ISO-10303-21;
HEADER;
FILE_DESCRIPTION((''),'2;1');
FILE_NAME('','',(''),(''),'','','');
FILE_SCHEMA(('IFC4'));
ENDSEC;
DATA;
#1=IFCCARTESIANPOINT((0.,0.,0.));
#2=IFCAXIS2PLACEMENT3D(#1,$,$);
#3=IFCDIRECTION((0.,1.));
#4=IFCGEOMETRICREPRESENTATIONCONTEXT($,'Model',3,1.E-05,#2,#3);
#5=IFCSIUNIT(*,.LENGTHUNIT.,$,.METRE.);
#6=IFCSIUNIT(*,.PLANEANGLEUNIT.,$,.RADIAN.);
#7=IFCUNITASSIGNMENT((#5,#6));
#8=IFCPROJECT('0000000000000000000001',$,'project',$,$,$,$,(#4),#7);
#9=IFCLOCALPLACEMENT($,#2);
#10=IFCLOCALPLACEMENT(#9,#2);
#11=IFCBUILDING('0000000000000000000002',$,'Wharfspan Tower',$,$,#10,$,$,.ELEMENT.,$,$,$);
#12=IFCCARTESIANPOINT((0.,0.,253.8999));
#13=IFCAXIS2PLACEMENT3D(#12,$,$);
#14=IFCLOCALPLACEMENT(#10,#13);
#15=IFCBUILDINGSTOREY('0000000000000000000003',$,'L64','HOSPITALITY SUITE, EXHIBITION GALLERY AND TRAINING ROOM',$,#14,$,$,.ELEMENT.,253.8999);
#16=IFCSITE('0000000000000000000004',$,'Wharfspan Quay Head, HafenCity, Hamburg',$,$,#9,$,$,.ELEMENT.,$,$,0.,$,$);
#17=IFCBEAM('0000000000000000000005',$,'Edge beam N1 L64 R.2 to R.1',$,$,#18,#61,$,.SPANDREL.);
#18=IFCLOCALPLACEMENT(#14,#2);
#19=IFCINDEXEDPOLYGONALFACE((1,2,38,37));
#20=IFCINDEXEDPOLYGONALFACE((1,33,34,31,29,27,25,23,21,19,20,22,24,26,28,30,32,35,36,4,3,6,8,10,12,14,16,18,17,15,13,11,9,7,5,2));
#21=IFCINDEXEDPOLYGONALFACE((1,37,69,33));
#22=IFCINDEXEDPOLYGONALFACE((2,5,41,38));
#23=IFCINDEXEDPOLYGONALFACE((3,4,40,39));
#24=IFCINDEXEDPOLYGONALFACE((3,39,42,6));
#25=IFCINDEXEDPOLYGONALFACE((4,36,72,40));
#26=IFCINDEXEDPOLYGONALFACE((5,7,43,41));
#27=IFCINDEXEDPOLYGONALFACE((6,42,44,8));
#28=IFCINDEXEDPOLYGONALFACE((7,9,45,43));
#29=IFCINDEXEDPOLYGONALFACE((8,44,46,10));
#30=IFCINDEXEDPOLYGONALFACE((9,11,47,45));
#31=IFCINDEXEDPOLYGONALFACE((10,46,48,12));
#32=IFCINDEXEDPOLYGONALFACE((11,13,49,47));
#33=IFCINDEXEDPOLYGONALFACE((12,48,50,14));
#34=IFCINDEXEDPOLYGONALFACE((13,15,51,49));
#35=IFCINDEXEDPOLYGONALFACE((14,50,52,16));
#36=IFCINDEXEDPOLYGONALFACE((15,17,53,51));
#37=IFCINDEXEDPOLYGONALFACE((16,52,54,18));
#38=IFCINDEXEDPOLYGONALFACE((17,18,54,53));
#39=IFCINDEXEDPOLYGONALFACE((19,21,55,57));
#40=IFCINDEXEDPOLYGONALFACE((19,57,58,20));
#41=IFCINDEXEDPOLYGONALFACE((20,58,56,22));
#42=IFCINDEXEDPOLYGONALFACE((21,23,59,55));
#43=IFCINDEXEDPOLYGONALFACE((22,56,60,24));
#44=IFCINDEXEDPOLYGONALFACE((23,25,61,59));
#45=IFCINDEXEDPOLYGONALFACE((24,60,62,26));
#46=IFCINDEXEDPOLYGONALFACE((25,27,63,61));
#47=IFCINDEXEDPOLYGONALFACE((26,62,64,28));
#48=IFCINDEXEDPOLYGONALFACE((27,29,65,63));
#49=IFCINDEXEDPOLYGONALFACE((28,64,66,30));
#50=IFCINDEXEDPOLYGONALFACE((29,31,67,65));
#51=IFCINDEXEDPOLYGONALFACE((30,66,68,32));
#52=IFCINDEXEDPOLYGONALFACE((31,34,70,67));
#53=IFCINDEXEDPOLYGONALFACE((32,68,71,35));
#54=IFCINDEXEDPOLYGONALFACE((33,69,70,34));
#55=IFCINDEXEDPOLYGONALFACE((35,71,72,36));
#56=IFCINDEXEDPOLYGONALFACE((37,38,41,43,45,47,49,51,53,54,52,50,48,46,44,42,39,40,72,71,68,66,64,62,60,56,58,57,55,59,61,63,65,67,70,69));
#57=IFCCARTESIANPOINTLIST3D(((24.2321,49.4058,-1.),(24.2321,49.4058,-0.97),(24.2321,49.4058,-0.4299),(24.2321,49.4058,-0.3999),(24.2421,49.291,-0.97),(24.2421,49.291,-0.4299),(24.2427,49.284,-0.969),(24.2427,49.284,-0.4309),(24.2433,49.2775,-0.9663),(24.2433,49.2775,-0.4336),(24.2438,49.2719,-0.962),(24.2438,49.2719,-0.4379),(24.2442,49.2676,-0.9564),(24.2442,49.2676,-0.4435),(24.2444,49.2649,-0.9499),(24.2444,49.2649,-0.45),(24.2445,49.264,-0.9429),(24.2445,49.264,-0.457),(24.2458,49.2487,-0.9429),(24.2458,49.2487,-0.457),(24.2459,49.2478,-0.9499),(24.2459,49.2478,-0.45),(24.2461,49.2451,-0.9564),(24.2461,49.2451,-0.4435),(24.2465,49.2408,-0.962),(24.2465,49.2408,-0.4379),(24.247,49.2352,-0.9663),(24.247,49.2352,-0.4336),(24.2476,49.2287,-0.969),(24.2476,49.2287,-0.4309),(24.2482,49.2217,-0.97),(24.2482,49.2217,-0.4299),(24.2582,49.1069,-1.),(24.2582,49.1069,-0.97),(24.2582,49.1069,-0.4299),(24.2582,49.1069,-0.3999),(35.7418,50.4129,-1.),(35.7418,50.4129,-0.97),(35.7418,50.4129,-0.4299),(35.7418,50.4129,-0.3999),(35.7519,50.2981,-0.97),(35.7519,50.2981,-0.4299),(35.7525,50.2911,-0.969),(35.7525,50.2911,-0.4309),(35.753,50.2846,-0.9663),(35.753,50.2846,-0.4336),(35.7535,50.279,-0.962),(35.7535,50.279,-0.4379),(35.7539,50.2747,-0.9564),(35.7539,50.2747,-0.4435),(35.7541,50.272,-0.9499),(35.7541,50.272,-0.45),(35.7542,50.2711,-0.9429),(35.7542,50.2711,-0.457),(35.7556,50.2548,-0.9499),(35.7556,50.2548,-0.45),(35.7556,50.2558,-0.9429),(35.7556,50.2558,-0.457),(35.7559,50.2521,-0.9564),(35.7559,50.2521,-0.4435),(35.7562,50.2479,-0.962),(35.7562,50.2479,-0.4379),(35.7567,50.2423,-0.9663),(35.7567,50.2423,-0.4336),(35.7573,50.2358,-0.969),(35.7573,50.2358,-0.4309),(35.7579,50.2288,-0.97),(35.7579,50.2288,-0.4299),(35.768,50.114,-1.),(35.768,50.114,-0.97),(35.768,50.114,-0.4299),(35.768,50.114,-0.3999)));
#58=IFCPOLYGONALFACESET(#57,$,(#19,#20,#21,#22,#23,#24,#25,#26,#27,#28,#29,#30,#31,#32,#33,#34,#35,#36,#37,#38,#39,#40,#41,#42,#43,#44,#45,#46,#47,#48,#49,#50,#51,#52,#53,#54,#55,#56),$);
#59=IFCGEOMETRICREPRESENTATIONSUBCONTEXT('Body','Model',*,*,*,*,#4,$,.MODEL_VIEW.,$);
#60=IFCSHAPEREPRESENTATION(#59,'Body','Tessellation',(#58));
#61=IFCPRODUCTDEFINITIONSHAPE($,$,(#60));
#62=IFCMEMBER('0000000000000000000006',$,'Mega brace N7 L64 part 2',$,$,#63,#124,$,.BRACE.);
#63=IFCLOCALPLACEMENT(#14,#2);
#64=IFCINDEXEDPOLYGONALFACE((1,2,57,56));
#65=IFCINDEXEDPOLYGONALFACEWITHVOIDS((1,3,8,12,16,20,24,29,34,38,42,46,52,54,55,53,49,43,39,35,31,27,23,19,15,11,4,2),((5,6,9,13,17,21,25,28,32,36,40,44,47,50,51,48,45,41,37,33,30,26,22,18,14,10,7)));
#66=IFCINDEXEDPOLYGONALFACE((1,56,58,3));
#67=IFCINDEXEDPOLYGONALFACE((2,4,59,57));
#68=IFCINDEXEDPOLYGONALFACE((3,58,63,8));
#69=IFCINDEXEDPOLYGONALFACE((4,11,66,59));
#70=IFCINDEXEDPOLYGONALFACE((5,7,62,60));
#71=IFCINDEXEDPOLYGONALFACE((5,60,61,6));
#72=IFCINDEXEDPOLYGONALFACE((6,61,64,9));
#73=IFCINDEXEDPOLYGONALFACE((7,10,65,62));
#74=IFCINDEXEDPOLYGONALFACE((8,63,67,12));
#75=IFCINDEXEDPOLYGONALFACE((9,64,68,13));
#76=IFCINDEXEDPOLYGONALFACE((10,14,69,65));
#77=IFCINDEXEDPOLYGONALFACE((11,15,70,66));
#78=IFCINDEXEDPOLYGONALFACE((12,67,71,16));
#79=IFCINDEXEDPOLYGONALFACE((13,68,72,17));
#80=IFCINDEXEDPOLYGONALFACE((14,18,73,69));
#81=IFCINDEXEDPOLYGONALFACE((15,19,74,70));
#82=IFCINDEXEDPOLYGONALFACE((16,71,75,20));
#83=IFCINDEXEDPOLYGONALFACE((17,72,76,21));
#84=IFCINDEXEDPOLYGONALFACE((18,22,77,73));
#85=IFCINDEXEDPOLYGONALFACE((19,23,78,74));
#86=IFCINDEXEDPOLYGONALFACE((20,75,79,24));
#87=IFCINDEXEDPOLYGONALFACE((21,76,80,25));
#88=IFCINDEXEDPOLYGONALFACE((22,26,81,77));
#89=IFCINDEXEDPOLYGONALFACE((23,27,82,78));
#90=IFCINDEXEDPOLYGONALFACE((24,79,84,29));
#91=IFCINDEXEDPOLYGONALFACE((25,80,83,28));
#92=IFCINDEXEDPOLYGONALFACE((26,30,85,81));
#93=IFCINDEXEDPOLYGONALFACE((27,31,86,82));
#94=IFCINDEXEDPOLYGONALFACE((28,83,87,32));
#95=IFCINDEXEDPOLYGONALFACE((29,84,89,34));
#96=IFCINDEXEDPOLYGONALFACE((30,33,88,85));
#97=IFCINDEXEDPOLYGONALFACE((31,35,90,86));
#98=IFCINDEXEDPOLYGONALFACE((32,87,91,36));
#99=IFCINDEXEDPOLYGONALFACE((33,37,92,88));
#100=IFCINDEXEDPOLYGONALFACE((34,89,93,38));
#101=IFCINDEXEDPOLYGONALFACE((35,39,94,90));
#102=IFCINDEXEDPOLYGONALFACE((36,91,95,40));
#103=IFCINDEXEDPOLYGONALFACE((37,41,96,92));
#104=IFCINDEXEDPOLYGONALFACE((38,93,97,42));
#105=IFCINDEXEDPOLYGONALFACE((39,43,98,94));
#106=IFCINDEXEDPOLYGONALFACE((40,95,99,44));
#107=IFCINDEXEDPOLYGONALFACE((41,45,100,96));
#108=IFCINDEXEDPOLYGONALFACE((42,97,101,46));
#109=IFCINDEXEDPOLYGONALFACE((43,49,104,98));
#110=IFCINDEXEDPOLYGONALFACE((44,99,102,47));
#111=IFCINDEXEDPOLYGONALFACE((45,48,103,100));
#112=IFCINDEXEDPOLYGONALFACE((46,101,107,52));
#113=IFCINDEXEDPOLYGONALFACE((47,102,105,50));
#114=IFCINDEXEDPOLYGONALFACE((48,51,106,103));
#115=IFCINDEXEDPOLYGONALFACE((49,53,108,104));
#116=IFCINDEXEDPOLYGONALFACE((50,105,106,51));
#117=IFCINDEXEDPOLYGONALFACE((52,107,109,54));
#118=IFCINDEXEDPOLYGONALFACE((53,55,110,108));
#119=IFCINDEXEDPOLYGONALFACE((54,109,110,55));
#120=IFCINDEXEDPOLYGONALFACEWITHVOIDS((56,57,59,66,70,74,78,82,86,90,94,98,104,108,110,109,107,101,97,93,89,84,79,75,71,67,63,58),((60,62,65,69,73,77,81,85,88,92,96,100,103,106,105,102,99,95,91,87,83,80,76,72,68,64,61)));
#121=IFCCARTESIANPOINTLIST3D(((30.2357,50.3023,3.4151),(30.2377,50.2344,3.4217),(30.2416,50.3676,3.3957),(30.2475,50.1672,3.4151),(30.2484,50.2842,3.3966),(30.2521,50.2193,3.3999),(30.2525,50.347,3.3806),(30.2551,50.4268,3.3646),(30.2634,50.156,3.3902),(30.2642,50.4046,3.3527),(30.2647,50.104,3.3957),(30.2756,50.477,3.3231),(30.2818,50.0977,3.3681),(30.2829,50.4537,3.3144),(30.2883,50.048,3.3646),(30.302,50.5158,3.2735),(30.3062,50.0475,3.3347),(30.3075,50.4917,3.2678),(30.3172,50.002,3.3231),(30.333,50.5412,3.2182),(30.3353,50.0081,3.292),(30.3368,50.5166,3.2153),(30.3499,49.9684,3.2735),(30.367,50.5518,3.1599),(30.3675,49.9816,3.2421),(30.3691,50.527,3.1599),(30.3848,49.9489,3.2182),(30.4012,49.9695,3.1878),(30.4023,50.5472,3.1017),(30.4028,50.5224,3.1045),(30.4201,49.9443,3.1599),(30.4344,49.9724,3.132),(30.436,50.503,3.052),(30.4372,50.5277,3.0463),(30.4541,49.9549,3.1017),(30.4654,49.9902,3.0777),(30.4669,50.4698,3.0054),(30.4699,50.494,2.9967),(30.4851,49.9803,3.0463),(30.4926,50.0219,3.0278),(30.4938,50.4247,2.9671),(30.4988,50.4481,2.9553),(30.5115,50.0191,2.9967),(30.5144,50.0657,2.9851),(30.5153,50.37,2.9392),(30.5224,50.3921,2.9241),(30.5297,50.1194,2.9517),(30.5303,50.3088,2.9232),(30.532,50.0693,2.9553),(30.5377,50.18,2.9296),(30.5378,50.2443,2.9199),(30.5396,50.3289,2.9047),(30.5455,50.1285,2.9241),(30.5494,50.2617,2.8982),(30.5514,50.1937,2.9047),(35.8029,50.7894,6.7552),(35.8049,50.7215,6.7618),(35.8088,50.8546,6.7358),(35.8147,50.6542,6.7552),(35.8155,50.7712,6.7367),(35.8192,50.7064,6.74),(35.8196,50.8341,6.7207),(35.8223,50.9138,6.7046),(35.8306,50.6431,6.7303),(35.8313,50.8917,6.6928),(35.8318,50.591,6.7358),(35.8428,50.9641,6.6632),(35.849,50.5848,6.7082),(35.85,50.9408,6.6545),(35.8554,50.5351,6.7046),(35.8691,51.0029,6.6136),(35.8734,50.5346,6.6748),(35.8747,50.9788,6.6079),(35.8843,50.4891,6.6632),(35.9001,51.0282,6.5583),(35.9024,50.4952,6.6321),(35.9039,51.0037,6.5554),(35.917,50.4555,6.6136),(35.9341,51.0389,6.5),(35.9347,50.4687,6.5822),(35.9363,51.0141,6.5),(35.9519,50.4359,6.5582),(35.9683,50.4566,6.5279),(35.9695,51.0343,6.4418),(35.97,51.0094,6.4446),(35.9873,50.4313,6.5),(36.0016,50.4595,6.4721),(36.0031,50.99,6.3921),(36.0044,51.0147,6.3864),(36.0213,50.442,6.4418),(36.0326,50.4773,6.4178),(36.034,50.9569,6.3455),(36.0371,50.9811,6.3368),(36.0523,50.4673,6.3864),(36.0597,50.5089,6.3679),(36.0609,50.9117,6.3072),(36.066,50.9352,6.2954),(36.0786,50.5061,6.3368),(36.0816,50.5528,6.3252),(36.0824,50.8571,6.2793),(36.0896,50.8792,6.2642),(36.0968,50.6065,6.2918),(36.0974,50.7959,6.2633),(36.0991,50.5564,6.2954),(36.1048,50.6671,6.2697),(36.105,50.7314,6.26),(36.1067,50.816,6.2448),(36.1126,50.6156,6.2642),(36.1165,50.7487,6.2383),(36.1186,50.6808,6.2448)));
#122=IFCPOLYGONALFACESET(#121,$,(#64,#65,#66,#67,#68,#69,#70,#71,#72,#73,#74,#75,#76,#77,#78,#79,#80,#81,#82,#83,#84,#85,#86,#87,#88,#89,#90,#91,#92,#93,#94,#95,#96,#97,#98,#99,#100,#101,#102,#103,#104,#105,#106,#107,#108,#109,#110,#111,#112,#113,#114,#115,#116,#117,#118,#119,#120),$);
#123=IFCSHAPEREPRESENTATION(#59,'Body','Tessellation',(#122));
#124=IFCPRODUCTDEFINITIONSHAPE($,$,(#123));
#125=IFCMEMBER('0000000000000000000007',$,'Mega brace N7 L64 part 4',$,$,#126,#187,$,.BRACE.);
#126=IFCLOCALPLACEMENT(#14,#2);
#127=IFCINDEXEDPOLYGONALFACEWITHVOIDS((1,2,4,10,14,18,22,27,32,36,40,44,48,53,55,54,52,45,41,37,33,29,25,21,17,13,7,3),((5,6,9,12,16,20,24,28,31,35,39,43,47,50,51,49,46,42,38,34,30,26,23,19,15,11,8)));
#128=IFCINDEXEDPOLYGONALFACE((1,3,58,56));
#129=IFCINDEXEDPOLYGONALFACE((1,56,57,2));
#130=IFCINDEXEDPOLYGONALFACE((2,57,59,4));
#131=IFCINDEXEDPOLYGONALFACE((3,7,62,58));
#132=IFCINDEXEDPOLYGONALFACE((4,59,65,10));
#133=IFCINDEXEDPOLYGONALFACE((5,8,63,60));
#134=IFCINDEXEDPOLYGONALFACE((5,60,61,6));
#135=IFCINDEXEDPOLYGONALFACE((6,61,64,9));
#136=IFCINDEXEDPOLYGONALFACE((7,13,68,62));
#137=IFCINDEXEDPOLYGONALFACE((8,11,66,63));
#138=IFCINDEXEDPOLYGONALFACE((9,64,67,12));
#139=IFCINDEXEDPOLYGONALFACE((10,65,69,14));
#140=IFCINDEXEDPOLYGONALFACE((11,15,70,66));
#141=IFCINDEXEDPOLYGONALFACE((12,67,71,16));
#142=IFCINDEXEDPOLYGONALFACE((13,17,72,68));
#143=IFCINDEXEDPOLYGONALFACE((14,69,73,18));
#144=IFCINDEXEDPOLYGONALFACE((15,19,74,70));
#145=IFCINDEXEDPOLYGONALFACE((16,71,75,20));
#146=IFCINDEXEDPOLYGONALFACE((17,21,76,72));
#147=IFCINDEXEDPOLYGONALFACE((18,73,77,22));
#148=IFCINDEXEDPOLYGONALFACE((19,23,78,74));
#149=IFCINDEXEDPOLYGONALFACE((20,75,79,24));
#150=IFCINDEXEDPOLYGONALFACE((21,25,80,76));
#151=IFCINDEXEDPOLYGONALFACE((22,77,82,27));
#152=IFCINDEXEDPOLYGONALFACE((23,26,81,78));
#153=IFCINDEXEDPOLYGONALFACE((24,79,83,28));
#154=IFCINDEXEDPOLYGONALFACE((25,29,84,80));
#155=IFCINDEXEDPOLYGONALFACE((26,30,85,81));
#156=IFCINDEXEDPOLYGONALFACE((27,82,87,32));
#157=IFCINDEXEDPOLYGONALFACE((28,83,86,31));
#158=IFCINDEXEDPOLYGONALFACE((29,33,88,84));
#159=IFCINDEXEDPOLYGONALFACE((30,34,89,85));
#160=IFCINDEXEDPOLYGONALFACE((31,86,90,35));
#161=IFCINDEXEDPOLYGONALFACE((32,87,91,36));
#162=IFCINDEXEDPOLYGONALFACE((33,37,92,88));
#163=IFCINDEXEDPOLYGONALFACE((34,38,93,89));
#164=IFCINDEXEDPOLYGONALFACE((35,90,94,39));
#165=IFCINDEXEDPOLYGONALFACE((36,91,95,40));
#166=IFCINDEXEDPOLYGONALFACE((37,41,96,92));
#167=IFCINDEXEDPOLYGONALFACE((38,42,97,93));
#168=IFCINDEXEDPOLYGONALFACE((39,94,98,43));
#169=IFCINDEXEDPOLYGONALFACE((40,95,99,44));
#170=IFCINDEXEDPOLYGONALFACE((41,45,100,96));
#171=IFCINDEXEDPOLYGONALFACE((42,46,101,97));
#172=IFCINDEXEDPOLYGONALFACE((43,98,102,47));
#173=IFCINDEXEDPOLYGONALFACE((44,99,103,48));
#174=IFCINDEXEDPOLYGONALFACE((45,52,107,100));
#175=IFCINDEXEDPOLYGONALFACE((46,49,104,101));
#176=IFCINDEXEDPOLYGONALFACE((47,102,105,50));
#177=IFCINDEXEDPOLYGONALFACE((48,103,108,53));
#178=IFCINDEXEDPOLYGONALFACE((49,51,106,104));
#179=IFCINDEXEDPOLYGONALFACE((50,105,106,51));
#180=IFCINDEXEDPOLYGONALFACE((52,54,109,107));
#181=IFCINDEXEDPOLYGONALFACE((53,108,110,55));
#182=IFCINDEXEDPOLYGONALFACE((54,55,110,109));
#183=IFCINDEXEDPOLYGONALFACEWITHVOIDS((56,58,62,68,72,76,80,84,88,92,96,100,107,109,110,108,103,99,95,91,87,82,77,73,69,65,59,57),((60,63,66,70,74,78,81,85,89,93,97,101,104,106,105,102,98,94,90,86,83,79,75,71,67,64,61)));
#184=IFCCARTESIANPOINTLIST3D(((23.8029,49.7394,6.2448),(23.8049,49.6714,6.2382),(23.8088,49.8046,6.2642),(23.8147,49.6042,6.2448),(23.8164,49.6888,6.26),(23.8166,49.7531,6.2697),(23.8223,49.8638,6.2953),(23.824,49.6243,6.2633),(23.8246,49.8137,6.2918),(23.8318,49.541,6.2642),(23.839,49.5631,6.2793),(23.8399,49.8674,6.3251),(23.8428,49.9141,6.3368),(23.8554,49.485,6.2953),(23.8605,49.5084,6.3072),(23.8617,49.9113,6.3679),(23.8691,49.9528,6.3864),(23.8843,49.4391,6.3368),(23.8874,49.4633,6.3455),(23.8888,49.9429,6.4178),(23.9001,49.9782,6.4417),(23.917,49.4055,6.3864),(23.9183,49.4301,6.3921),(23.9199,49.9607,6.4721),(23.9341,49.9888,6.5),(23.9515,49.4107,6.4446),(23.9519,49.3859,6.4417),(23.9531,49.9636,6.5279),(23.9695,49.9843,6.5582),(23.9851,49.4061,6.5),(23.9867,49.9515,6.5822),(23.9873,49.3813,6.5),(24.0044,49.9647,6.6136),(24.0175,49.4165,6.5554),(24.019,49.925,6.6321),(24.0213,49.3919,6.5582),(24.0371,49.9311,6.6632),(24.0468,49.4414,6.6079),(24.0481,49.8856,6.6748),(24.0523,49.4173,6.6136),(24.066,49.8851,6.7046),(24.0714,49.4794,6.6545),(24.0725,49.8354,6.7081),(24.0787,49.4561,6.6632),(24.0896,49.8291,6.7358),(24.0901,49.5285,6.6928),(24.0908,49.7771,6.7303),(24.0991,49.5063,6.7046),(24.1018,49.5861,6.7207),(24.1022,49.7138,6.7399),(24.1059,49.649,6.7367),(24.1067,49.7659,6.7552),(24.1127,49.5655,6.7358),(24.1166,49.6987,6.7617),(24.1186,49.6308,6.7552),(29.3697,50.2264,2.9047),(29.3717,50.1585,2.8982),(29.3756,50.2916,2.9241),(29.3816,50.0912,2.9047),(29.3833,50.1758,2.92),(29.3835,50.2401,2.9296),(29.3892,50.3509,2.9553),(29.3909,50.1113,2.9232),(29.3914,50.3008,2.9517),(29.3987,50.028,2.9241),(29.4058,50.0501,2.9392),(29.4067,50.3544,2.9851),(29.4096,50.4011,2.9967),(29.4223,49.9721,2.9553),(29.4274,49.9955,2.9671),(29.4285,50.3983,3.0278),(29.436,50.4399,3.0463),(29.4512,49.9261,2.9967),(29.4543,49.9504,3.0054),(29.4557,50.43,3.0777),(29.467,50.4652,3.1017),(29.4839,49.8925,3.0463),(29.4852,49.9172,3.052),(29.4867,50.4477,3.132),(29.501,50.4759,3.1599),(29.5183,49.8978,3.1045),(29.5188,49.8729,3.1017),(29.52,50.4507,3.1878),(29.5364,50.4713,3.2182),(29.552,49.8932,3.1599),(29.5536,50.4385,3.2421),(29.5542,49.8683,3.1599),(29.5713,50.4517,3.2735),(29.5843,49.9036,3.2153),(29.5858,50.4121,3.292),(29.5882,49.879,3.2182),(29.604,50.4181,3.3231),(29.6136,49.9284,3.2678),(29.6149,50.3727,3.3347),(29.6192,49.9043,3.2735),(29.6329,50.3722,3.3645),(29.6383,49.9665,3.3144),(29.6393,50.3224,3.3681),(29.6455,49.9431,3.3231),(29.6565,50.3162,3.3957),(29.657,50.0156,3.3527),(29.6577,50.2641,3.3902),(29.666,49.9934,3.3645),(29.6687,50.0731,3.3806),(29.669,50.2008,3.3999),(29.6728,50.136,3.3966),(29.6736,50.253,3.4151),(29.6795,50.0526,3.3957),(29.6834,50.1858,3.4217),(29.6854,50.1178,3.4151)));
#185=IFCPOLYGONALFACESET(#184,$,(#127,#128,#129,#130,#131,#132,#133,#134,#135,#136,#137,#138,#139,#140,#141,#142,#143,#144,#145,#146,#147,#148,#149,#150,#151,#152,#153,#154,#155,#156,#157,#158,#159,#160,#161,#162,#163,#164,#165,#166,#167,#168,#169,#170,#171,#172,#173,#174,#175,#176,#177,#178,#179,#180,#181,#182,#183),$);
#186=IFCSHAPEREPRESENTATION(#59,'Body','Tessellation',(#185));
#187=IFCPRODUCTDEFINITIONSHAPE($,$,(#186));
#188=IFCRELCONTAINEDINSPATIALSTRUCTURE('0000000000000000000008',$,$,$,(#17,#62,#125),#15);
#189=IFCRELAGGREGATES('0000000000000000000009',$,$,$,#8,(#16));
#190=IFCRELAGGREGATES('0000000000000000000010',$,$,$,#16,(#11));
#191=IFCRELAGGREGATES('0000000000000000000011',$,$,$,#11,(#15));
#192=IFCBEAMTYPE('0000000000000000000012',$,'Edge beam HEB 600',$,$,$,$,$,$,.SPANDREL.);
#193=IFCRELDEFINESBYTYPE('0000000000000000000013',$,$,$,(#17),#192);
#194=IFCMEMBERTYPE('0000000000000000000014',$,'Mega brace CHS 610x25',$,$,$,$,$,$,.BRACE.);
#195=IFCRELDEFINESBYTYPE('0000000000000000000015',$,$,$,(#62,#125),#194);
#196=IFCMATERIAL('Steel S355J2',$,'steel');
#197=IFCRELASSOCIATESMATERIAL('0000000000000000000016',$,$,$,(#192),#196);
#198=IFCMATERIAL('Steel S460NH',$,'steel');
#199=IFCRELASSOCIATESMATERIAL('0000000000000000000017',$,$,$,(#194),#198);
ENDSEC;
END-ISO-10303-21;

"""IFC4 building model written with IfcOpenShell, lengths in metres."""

from ifc_helpers import new_model, si_unit, direction, frame, origin, origin_2d, place, context, subcontext, project, spatial, hollow_circle, i_section, extrude, material, material_profile, profile_set, type_object, element, save


model = new_model("IFC4")

# Units and contexts
model_context = context("Model", 3, precision=1e-05, world=origin(), true_north=direction((0.0, 1.0)))
body_context = subcontext(model_context, "Body", "Model", "MODEL_VIEW")
ifc_project = project(units=[si_unit("LENGTHUNIT", "METRE"), si_unit("PLANEANGLEUNIT", "RADIAN")], contexts=[model_context])

# Site, building, storey
site_placement = place(None, origin())
site = spatial("IfcSite", under=ifc_project, at=site_placement, Name="Wharfspan Quay Head, HafenCity, Hamburg", CompositionType="ELEMENT", RefElevation=0.0)
building_placement = place(site_placement, origin())
building = spatial("IfcBuilding", under=site, at=building_placement, Name="Wharfspan Tower", CompositionType="ELEMENT")
storey_placement = place(building_placement, frame((0.0, 0.0, 253.8999)))
storey = spatial("IfcBuildingStorey", under=building, at=storey_placement, Name="L64", Description="HOSPITALITY SUITE, EXHIBITION GALLERY AND TRAINING ROOM", CompositionType="ELEMENT", Elevation=253.8999)

# Shared definitions
ifc_material_1 = material(Name="Steel S355J2", Category="steel")

# Shared definitions
ifc_material_2 = material(Name="Steel S460NH", Category="steel")

# Beam
ifc_material_profile_1 = material_profile(ifc_material_1, i_section(OverallWidth=0.3, OverallDepth=0.6001, WebThickness=0.0154, FlangeThickness=0.03, FilletRadius=0.0271, at=origin_2d()))
ifc_profile_set_1 = profile_set([ifc_material_profile_1], Name="Steel S355J2")
beam_type = type_object("IfcBeamType", Name="Edge beam HEB 600", PredefinedType="SPANDREL", material=ifc_profile_set_1)
beam_placement = place(storey_placement, frame((35.7549, 50.2634, -0.7), z_axis=(-0.996194, -0.087165, 0.0), x_axis=(0.087165, -0.996194, 0.0)))
element("IfcBeam", 1, at=beam_placement, inside=storey, type_object=beam_type, Name="Edge beam N1 L64 R.2 to R.1", PredefinedType="SPANDREL", context=body_context, shape_type="SweptSolid", body=[
    extrude(i_section(OverallWidth=0.3, OverallDepth=0.6001, WebThickness=0.0154, FlangeThickness=0.03, FilletRadius=0.0271, at=origin_2d()), origin(), (0.0, 0.0, 1.0), 11.5537),
])

# Members
ifc_material_profile_2 = material_profile(ifc_material_2, hollow_circle(Radius=0.3049, WallThickness=0.0249, at=origin_2d()))
ifc_profile_set_2 = profile_set([ifc_material_profile_2], Name="Steel S460NH")
member_type_1 = type_object("IfcMemberType", Name="Mega brace CHS 610x25", PredefinedType="BRACE", material=ifc_profile_set_2)
member_1_placement = place(storey_placement, frame((30.3936, 50.248, 3.1599), z_axis=(0.855103, 0.074812, 0.513032), x_axis=(-0.087157, 0.996193, 0.000002)))
element("IfcMember", 2, at=member_1_placement, inside=storey, type_object=member_type_1, Name="Mega brace N7 L64 part 2", PredefinedType="BRACE", context=body_context, shape_type="SweptSolid", body=[
    extrude(hollow_circle(Radius=0.3049, WallThickness=0.0249, at=origin_2d()), origin(), (0.0, 0.0, 1.0), 6.5105),
])
member_2_placement = place(storey_placement, frame((29.5276, 50.1721, 3.1599), z_axis=(-0.855093, -0.074814, 0.513048), x_axis=(0.087159, -0.996198, -0.000001)))
element("IfcMember", 3, at=member_2_placement, inside=storey, type_object=member_type_1, Name="Mega brace N7 L64 part 4", PredefinedType="BRACE", context=body_context, shape_type="SweptSolid", body=[
    extrude(hollow_circle(Radius=0.3049, WallThickness=0.0249, at=origin_2d()), origin(), (0.0, 0.0, 1.0), 6.5103),
])

save(model, "model.ifc")
